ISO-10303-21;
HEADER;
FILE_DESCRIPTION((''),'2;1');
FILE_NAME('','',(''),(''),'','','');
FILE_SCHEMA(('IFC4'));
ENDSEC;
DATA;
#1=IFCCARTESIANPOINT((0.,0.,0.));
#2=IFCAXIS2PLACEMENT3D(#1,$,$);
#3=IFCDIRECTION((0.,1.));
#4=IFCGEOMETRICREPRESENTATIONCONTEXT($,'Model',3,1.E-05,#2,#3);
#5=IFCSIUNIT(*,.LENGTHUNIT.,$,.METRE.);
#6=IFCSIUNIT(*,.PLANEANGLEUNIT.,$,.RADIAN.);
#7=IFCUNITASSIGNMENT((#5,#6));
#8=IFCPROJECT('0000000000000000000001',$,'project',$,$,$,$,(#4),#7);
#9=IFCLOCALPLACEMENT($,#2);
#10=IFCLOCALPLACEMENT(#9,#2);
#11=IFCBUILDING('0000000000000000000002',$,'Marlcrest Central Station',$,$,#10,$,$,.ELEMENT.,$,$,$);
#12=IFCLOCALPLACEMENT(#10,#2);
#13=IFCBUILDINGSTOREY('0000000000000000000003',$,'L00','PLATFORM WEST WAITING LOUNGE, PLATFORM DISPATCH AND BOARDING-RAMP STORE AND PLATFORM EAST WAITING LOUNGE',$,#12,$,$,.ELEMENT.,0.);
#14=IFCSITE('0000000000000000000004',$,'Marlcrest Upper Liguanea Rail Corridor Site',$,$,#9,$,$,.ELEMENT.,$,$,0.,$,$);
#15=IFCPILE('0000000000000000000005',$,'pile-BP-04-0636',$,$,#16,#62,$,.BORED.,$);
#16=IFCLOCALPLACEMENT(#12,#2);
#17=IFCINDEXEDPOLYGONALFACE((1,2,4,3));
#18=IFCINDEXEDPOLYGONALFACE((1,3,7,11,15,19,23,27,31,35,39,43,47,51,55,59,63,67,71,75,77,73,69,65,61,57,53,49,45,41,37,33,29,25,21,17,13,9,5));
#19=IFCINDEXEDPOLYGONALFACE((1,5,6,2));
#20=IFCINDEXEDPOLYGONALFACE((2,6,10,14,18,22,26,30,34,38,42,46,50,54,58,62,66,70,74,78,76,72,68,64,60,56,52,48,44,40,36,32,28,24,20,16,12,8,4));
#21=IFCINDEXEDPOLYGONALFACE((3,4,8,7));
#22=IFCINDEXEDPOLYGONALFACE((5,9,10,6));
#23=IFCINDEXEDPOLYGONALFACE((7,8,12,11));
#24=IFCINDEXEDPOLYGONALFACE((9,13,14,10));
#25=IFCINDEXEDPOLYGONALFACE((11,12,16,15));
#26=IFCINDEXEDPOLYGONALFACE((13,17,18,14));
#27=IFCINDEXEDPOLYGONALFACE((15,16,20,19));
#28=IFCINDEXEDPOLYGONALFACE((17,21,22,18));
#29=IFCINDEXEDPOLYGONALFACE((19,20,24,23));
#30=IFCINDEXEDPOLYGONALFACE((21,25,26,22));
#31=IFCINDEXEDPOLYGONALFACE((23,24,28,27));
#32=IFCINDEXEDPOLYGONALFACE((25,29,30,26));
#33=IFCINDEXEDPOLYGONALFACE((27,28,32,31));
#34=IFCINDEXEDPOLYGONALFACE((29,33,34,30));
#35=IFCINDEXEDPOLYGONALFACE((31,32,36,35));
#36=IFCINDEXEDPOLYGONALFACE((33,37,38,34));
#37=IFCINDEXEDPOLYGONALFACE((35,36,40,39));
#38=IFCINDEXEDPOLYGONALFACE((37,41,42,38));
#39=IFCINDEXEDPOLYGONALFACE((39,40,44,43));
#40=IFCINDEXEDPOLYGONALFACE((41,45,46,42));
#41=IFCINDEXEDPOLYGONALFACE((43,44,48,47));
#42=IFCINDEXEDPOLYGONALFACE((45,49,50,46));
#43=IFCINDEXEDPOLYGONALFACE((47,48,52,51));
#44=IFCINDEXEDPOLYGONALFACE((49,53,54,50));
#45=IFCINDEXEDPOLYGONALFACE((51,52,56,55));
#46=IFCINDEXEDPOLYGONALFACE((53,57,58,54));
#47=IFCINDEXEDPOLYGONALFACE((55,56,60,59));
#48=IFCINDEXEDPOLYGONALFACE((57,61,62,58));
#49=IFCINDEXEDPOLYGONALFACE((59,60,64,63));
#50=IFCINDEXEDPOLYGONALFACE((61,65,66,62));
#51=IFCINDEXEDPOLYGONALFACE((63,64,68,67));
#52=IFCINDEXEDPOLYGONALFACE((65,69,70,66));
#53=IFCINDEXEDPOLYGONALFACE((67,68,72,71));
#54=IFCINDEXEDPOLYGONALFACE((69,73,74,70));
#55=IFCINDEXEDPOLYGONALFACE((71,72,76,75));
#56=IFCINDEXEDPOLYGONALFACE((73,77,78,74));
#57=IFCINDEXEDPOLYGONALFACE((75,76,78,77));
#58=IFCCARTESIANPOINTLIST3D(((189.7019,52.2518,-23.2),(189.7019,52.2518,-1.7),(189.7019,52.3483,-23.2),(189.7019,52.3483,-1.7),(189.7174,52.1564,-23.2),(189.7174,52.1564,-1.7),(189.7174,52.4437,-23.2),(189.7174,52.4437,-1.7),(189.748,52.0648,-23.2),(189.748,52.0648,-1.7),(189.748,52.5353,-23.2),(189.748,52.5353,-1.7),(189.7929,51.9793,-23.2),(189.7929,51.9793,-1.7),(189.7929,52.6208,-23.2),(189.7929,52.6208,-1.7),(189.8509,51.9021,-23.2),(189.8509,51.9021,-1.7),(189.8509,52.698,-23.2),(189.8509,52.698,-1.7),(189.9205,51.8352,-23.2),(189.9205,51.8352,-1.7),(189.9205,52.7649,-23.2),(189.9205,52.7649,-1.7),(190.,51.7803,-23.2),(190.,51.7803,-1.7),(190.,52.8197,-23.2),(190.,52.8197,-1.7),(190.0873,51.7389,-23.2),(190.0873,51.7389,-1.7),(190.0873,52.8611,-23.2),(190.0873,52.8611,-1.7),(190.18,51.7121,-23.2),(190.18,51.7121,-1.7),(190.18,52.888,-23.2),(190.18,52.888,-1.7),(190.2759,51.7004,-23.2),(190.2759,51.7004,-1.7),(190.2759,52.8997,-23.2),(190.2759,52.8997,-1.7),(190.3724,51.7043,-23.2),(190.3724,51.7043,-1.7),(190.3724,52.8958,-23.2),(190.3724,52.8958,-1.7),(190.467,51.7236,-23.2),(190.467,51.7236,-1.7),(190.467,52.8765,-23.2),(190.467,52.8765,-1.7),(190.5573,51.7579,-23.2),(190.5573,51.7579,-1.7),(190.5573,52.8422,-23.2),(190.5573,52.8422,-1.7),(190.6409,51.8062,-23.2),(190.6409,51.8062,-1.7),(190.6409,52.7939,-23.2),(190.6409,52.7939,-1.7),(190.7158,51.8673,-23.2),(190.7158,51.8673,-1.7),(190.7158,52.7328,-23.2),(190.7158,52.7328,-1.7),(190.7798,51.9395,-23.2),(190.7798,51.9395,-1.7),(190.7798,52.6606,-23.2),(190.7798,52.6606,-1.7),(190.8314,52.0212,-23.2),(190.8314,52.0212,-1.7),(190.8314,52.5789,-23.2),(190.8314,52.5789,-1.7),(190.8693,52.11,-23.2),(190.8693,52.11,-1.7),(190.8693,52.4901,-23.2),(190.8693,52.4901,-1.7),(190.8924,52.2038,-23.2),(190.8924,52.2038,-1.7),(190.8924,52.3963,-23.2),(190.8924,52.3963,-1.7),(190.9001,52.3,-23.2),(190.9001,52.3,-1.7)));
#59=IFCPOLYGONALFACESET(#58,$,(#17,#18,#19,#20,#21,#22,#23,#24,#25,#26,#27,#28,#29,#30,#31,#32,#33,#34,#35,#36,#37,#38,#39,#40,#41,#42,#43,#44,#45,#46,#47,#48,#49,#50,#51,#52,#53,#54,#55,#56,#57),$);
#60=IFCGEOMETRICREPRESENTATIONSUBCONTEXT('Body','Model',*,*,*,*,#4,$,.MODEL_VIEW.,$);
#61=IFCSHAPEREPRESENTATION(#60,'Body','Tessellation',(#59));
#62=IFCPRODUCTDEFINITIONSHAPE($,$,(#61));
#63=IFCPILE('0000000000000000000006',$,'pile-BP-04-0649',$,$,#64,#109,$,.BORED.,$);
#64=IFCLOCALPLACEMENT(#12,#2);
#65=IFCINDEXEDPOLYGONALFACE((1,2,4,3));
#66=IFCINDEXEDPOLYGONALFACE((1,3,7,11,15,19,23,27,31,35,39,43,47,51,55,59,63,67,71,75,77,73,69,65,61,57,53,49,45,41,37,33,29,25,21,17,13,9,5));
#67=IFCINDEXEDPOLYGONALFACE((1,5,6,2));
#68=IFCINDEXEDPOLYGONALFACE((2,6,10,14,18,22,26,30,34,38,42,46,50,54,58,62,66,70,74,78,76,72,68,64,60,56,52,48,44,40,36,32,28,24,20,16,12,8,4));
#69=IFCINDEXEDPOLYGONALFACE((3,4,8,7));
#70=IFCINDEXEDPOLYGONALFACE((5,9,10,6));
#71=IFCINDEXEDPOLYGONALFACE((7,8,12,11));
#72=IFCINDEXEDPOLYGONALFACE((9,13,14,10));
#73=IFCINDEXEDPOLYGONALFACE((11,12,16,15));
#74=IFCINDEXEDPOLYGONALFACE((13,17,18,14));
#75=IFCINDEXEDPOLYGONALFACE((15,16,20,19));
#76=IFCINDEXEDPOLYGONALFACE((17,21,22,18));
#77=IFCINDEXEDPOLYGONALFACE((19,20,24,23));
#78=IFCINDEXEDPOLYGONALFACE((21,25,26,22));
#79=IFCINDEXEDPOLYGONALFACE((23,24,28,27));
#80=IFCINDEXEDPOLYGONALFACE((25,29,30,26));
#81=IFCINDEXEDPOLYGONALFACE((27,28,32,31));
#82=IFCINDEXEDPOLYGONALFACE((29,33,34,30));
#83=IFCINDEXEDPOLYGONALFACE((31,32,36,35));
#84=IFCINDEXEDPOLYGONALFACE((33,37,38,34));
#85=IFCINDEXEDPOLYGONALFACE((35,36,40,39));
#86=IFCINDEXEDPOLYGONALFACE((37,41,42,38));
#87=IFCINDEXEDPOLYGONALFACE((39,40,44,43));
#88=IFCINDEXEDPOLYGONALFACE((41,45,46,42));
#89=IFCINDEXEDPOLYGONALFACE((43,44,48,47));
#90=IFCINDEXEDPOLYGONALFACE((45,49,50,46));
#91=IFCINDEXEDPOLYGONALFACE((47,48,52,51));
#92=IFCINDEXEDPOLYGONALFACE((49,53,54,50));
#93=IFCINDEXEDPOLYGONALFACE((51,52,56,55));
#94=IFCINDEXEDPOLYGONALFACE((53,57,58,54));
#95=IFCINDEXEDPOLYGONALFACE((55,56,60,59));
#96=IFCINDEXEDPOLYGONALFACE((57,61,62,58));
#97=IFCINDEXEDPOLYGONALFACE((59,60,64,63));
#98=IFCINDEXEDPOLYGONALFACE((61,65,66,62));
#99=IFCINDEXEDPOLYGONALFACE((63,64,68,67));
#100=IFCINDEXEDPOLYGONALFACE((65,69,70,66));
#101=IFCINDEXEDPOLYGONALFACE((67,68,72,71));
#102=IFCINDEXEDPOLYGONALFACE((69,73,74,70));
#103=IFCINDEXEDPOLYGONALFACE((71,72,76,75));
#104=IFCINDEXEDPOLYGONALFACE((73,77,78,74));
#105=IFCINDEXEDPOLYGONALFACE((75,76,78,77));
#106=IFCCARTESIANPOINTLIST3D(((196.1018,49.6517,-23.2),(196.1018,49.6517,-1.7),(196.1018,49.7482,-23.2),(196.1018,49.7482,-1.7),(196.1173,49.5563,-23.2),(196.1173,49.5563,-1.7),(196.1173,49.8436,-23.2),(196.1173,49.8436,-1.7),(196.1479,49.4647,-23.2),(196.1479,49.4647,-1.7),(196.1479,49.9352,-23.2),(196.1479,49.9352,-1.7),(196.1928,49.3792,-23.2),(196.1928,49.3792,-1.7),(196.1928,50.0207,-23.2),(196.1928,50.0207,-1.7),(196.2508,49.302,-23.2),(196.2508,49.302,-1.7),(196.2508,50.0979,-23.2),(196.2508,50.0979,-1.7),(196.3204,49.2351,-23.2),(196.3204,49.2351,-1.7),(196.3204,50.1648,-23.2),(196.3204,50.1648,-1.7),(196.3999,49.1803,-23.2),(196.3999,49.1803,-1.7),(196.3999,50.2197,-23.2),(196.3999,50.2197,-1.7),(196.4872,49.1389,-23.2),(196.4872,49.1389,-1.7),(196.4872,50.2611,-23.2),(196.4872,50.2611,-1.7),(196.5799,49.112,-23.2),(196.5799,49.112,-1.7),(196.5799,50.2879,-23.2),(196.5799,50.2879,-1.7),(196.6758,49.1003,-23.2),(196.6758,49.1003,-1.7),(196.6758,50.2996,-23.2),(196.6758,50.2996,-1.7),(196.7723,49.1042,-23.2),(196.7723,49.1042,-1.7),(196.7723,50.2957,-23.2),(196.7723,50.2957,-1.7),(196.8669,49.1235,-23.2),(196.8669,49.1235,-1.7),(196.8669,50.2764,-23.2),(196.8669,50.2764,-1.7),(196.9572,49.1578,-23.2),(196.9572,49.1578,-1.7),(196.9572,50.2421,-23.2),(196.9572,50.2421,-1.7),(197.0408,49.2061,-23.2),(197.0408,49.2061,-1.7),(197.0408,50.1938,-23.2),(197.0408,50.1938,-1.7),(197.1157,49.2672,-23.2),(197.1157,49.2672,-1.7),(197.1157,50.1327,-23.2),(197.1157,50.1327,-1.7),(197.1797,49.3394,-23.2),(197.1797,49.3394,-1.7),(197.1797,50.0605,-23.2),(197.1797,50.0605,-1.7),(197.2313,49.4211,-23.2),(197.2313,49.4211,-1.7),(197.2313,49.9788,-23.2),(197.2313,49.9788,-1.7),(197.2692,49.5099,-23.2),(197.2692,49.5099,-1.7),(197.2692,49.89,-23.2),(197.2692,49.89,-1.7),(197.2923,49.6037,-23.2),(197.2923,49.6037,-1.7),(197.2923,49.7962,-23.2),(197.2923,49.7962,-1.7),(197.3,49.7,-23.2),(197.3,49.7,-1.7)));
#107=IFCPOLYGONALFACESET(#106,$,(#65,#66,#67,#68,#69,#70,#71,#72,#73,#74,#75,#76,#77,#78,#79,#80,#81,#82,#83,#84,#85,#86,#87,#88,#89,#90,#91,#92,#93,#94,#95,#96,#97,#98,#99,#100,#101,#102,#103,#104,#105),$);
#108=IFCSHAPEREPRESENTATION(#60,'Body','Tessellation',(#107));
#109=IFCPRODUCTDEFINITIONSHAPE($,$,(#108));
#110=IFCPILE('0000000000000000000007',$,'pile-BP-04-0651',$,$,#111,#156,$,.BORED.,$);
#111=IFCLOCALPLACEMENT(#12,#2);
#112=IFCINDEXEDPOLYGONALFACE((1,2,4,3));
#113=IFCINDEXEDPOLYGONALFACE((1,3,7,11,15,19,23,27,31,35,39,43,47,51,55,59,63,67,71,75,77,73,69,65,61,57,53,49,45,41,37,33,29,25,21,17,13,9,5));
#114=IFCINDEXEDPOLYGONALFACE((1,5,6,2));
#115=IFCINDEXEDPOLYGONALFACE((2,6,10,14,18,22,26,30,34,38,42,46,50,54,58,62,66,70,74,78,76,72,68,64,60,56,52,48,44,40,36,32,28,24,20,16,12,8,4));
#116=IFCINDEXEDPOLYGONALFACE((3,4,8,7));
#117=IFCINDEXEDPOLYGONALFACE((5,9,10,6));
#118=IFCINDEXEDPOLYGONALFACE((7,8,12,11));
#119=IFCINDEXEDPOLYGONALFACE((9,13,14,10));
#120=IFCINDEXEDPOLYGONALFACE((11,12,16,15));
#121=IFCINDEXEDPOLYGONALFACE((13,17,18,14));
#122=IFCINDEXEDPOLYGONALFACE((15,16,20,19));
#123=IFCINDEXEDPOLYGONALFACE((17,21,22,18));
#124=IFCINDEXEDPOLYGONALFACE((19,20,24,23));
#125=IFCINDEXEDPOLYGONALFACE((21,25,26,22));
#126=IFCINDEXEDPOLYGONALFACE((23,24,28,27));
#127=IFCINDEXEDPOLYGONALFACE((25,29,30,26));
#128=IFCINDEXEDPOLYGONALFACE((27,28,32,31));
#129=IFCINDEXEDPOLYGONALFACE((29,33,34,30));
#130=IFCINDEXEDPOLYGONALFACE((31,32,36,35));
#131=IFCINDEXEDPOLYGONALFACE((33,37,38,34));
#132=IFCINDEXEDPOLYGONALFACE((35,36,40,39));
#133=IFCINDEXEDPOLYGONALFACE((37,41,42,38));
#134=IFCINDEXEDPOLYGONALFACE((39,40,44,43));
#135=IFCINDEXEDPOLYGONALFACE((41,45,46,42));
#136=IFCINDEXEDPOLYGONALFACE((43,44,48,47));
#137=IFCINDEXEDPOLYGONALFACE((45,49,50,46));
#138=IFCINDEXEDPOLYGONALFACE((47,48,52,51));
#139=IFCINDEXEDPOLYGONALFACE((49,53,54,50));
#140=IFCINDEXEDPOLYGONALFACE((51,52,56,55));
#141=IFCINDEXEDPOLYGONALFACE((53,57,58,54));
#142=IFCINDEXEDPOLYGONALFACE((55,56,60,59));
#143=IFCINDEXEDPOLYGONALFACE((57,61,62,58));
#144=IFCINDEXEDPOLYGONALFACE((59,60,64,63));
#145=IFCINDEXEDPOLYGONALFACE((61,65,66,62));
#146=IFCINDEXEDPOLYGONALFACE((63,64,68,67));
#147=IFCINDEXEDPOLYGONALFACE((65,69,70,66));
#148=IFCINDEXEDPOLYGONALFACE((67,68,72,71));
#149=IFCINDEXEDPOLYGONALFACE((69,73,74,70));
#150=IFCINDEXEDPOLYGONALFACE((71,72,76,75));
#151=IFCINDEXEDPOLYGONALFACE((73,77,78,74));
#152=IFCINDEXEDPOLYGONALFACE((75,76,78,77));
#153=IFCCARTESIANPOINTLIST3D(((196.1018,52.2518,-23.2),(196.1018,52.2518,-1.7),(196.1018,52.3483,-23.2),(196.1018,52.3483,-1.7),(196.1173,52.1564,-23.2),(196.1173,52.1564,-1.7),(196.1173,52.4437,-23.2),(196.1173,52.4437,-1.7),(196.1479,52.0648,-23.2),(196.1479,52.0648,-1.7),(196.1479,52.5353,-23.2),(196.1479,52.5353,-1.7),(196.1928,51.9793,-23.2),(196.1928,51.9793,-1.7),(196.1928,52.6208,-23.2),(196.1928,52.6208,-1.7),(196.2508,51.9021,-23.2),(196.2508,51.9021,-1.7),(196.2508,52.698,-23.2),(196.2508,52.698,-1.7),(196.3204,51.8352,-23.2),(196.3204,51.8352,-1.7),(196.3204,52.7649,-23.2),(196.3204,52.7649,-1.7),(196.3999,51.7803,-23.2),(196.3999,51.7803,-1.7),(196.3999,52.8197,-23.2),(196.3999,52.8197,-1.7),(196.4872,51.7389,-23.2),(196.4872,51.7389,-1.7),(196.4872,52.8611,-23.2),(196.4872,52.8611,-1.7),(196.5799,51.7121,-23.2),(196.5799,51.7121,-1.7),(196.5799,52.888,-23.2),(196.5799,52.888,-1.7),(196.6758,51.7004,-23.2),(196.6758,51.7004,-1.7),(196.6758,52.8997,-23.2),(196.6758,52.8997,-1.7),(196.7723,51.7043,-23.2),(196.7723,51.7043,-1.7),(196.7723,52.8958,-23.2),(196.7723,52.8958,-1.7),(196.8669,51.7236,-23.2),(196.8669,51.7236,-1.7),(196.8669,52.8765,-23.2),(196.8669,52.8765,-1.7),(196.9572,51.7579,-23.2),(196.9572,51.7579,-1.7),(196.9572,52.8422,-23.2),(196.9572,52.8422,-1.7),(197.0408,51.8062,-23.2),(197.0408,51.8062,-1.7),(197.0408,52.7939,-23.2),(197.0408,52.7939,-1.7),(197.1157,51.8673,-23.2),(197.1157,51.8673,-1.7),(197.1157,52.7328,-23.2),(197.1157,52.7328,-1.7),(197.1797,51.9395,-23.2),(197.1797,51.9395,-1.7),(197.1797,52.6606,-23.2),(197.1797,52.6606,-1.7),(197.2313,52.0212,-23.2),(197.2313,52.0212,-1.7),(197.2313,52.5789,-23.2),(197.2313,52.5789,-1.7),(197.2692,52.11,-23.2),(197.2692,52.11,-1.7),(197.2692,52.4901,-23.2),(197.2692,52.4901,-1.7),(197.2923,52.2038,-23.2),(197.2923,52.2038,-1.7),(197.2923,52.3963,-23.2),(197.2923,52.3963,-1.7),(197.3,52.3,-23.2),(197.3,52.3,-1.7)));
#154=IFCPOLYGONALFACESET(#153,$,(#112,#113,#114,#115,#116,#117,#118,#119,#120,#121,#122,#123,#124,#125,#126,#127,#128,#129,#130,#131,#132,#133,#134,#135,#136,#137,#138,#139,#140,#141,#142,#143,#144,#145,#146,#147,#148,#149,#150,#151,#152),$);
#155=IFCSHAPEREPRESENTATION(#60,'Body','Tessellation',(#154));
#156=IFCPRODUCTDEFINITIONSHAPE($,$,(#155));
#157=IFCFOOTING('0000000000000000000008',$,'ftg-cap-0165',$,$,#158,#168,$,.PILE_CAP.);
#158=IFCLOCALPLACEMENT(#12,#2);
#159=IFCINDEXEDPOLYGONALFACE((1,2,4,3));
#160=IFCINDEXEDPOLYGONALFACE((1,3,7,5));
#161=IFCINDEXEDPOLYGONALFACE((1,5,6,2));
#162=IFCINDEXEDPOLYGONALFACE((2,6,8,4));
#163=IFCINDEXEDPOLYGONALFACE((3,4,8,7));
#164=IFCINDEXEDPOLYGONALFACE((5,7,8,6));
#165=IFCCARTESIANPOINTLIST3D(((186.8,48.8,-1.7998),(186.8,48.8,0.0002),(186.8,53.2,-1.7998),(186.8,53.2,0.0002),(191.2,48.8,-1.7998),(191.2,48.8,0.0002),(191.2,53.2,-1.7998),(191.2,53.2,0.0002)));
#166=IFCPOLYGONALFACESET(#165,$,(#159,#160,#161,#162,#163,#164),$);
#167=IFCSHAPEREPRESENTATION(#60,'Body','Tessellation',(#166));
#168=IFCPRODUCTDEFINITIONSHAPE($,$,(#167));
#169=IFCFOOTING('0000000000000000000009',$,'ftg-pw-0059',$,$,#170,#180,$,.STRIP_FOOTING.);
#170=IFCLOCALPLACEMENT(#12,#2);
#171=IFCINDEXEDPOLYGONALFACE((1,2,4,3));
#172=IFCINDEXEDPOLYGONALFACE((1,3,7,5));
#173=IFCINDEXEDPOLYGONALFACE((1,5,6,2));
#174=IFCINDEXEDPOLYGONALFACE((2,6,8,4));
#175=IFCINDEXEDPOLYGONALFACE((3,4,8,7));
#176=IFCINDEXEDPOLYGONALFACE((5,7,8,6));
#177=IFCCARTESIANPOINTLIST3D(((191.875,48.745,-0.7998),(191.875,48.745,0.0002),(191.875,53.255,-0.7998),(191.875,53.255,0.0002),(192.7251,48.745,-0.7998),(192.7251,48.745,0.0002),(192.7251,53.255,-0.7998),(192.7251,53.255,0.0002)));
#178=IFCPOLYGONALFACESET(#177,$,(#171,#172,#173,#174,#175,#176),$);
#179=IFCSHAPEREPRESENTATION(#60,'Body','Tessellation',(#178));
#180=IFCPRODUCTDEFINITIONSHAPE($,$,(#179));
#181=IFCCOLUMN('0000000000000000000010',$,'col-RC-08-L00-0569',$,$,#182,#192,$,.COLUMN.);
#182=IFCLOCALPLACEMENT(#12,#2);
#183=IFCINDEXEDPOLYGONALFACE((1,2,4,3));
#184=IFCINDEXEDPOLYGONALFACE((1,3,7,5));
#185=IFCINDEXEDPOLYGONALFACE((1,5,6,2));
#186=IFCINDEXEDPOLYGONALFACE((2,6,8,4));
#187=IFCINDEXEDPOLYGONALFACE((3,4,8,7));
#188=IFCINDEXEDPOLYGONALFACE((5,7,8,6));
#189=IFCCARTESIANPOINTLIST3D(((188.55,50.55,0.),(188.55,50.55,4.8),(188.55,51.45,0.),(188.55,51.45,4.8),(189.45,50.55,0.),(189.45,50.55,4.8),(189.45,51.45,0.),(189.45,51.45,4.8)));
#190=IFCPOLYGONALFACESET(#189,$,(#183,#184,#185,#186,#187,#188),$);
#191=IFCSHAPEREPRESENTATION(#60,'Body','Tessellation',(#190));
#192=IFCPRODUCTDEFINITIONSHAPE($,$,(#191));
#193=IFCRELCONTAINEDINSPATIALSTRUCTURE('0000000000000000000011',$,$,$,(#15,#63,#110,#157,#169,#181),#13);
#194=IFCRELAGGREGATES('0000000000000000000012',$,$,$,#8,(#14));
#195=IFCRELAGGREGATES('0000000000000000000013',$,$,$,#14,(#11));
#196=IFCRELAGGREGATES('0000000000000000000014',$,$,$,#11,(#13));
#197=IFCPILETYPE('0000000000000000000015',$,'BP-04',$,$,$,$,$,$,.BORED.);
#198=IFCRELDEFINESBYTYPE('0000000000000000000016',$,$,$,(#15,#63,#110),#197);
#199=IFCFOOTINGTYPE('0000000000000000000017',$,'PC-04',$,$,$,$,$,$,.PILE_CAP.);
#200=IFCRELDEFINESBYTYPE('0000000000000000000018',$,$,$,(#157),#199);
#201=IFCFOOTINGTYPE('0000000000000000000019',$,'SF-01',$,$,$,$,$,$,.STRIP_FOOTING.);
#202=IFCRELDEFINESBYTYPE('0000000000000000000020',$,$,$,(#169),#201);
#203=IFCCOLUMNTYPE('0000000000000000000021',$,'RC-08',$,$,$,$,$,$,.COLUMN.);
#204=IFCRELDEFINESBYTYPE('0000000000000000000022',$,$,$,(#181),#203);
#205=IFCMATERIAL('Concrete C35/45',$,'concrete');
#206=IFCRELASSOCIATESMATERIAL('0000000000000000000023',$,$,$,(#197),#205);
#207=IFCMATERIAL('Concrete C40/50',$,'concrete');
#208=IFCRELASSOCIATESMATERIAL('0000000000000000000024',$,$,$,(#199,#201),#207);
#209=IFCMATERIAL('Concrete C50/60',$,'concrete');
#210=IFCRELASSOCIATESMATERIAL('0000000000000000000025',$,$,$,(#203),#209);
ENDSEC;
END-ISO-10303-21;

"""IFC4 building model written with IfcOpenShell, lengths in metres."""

from ifc_helpers import new_model, si_unit, direction, frame, origin, origin_2d, place, context, subcontext, project, spatial, rectangle, circle, extrude, material, material_profile, profile_set, type_object, element, save


model = new_model("IFC4")

# Units and contexts
model_context = context("Model", 3, precision=1e-05, world=origin(), true_north=direction((0.0, 1.0)))
body_context = subcontext(model_context, "Body", "Model", "MODEL_VIEW")
ifc_project = project(units=[si_unit("LENGTHUNIT", "METRE"), si_unit("PLANEANGLEUNIT", "RADIAN")], contexts=[model_context])

# Site, building, storey
site_placement = place(None, origin())
site = spatial("IfcSite", under=ifc_project, at=site_placement, Name="Marlcrest Upper Liguanea Rail Corridor Site", CompositionType="ELEMENT", RefElevation=0.0)
building_placement = place(site_placement, origin())
building = spatial("IfcBuilding", under=site, at=building_placement, Name="Marlcrest Central Station", CompositionType="ELEMENT")
storey_placement = place(building_placement, origin())
storey = spatial("IfcBuildingStorey", under=building, at=storey_placement, Name="L00", Description="PLATFORM WEST WAITING LOUNGE, PLATFORM DISPATCH AND BOARDING-RAMP STORE AND PLATFORM EAST WAITING LOUNGE", CompositionType="ELEMENT", Elevation=0.0)

# Piles
ifc_material_1 = material(Name="Concrete C35/45", Category="concrete")
ifc_material_profile_1 = material_profile(ifc_material_1, circle(Radius=0.6001, at=origin_2d()), Name="PILE D1200")
ifc_profile_set_1 = profile_set([ifc_material_profile_1], Name="Concrete C35/45")
pile_type = type_object("IfcPileType", Name="BP-04", PredefinedType="BORED", material=ifc_profile_set_1)
for number, where, z_axis, x_axis, name in (
    (1, (190.3, 52.3, -1.7), (0.0, 0.0, -1.0), (1.0, 0.0, 0.0), "pile-BP-04-0636"),
    (2, (196.7, 49.7, -1.7), (0.0, 0.0, -1.0), (1.0, 0.0, 0.0), "pile-BP-04-0649"),
    (3, (196.7, 52.3, -1.7), (0.0, 0.0, -1.0), (1.0, 0.0, 0.0), "pile-BP-04-0651"),
):
    element("IfcPile", number, at=place(storey_placement, frame(where, z_axis=z_axis, x_axis=x_axis)), inside=storey, type_object=pile_type, Name=name, PredefinedType="BORED", context=body_context, shape_type="SweptSolid", body=[
        extrude(circle(Radius=0.6001, at=origin_2d()), origin(), (0.0, 0.0, 1.0), 21.5),
    ])

# Footings
ifc_material_2 = material(Name="Concrete C40/50", Category="concrete")
footing_type_1 = type_object("IfcFootingType", Name="PC-04", PredefinedType="PILE_CAP", material=ifc_material_2)
footing_1_placement = place(storey_placement, frame((189.0, 51.0, -1.7998), z_axis=(0.0, 0.0, 1.0), x_axis=(1.0, 0.0, 0.0)))
element("IfcFooting", 4, at=footing_1_placement, inside=storey, type_object=footing_type_1, Name="ftg-cap-0165", PredefinedType="PILE_CAP", context=body_context, shape_type="SweptSolid", body=[
    extrude(rectangle(XDim=4.3999, YDim=4.3999, at=origin_2d()), origin(), (0.0, 0.0, 1.0), 1.8),
])
footing_type_2 = type_object("IfcFootingType", Name="SF-01", PredefinedType="STRIP_FOOTING", material=ifc_material_2)
footing_2_placement = place(storey_placement, frame((192.3, 51.0, -0.7998), z_axis=(0.0, 0.0, 1.0), x_axis=(1.0, 0.0, 0.0)))
element("IfcFooting", 5, at=footing_2_placement, inside=storey, type_object=footing_type_2, Name="ftg-pw-0059", PredefinedType="STRIP_FOOTING", context=body_context, shape_type="SweptSolid", body=[
    extrude(rectangle(XDim=0.8501, YDim=4.51, at=origin_2d()), origin(), (0.0, 0.0, 1.0), 0.8),
])

# Column
ifc_material_3 = material(Name="Concrete C50/60", Category="concrete")
ifc_material_profile_2 = material_profile(ifc_material_3, rectangle(XDim=0.8999, YDim=0.8999, at=origin_2d()), Name="RC 900x900")
ifc_profile_set_2 = profile_set([ifc_material_profile_2], Name="Concrete C50/60")
column_type = type_object("IfcColumnType", Name="RC-08", PredefinedType="COLUMN", material=ifc_profile_set_2)
column_placement = place(storey_placement, frame((189.0, 51.0, 0.0), z_axis=(0.0, 0.0, 1.0), x_axis=(1.0, 0.0, 0.0)))
element("IfcColumn", 6, at=column_placement, inside=storey, type_object=column_type, Name="col-RC-08-L00-0569", PredefinedType="COLUMN", context=body_context, shape_type="SweptSolid", body=[
    extrude(rectangle(XDim=0.8999, YDim=0.8999, at=origin_2d()), origin(), (0.0, 0.0, 1.0), 4.8),
])

save(model, "model.ifc")
